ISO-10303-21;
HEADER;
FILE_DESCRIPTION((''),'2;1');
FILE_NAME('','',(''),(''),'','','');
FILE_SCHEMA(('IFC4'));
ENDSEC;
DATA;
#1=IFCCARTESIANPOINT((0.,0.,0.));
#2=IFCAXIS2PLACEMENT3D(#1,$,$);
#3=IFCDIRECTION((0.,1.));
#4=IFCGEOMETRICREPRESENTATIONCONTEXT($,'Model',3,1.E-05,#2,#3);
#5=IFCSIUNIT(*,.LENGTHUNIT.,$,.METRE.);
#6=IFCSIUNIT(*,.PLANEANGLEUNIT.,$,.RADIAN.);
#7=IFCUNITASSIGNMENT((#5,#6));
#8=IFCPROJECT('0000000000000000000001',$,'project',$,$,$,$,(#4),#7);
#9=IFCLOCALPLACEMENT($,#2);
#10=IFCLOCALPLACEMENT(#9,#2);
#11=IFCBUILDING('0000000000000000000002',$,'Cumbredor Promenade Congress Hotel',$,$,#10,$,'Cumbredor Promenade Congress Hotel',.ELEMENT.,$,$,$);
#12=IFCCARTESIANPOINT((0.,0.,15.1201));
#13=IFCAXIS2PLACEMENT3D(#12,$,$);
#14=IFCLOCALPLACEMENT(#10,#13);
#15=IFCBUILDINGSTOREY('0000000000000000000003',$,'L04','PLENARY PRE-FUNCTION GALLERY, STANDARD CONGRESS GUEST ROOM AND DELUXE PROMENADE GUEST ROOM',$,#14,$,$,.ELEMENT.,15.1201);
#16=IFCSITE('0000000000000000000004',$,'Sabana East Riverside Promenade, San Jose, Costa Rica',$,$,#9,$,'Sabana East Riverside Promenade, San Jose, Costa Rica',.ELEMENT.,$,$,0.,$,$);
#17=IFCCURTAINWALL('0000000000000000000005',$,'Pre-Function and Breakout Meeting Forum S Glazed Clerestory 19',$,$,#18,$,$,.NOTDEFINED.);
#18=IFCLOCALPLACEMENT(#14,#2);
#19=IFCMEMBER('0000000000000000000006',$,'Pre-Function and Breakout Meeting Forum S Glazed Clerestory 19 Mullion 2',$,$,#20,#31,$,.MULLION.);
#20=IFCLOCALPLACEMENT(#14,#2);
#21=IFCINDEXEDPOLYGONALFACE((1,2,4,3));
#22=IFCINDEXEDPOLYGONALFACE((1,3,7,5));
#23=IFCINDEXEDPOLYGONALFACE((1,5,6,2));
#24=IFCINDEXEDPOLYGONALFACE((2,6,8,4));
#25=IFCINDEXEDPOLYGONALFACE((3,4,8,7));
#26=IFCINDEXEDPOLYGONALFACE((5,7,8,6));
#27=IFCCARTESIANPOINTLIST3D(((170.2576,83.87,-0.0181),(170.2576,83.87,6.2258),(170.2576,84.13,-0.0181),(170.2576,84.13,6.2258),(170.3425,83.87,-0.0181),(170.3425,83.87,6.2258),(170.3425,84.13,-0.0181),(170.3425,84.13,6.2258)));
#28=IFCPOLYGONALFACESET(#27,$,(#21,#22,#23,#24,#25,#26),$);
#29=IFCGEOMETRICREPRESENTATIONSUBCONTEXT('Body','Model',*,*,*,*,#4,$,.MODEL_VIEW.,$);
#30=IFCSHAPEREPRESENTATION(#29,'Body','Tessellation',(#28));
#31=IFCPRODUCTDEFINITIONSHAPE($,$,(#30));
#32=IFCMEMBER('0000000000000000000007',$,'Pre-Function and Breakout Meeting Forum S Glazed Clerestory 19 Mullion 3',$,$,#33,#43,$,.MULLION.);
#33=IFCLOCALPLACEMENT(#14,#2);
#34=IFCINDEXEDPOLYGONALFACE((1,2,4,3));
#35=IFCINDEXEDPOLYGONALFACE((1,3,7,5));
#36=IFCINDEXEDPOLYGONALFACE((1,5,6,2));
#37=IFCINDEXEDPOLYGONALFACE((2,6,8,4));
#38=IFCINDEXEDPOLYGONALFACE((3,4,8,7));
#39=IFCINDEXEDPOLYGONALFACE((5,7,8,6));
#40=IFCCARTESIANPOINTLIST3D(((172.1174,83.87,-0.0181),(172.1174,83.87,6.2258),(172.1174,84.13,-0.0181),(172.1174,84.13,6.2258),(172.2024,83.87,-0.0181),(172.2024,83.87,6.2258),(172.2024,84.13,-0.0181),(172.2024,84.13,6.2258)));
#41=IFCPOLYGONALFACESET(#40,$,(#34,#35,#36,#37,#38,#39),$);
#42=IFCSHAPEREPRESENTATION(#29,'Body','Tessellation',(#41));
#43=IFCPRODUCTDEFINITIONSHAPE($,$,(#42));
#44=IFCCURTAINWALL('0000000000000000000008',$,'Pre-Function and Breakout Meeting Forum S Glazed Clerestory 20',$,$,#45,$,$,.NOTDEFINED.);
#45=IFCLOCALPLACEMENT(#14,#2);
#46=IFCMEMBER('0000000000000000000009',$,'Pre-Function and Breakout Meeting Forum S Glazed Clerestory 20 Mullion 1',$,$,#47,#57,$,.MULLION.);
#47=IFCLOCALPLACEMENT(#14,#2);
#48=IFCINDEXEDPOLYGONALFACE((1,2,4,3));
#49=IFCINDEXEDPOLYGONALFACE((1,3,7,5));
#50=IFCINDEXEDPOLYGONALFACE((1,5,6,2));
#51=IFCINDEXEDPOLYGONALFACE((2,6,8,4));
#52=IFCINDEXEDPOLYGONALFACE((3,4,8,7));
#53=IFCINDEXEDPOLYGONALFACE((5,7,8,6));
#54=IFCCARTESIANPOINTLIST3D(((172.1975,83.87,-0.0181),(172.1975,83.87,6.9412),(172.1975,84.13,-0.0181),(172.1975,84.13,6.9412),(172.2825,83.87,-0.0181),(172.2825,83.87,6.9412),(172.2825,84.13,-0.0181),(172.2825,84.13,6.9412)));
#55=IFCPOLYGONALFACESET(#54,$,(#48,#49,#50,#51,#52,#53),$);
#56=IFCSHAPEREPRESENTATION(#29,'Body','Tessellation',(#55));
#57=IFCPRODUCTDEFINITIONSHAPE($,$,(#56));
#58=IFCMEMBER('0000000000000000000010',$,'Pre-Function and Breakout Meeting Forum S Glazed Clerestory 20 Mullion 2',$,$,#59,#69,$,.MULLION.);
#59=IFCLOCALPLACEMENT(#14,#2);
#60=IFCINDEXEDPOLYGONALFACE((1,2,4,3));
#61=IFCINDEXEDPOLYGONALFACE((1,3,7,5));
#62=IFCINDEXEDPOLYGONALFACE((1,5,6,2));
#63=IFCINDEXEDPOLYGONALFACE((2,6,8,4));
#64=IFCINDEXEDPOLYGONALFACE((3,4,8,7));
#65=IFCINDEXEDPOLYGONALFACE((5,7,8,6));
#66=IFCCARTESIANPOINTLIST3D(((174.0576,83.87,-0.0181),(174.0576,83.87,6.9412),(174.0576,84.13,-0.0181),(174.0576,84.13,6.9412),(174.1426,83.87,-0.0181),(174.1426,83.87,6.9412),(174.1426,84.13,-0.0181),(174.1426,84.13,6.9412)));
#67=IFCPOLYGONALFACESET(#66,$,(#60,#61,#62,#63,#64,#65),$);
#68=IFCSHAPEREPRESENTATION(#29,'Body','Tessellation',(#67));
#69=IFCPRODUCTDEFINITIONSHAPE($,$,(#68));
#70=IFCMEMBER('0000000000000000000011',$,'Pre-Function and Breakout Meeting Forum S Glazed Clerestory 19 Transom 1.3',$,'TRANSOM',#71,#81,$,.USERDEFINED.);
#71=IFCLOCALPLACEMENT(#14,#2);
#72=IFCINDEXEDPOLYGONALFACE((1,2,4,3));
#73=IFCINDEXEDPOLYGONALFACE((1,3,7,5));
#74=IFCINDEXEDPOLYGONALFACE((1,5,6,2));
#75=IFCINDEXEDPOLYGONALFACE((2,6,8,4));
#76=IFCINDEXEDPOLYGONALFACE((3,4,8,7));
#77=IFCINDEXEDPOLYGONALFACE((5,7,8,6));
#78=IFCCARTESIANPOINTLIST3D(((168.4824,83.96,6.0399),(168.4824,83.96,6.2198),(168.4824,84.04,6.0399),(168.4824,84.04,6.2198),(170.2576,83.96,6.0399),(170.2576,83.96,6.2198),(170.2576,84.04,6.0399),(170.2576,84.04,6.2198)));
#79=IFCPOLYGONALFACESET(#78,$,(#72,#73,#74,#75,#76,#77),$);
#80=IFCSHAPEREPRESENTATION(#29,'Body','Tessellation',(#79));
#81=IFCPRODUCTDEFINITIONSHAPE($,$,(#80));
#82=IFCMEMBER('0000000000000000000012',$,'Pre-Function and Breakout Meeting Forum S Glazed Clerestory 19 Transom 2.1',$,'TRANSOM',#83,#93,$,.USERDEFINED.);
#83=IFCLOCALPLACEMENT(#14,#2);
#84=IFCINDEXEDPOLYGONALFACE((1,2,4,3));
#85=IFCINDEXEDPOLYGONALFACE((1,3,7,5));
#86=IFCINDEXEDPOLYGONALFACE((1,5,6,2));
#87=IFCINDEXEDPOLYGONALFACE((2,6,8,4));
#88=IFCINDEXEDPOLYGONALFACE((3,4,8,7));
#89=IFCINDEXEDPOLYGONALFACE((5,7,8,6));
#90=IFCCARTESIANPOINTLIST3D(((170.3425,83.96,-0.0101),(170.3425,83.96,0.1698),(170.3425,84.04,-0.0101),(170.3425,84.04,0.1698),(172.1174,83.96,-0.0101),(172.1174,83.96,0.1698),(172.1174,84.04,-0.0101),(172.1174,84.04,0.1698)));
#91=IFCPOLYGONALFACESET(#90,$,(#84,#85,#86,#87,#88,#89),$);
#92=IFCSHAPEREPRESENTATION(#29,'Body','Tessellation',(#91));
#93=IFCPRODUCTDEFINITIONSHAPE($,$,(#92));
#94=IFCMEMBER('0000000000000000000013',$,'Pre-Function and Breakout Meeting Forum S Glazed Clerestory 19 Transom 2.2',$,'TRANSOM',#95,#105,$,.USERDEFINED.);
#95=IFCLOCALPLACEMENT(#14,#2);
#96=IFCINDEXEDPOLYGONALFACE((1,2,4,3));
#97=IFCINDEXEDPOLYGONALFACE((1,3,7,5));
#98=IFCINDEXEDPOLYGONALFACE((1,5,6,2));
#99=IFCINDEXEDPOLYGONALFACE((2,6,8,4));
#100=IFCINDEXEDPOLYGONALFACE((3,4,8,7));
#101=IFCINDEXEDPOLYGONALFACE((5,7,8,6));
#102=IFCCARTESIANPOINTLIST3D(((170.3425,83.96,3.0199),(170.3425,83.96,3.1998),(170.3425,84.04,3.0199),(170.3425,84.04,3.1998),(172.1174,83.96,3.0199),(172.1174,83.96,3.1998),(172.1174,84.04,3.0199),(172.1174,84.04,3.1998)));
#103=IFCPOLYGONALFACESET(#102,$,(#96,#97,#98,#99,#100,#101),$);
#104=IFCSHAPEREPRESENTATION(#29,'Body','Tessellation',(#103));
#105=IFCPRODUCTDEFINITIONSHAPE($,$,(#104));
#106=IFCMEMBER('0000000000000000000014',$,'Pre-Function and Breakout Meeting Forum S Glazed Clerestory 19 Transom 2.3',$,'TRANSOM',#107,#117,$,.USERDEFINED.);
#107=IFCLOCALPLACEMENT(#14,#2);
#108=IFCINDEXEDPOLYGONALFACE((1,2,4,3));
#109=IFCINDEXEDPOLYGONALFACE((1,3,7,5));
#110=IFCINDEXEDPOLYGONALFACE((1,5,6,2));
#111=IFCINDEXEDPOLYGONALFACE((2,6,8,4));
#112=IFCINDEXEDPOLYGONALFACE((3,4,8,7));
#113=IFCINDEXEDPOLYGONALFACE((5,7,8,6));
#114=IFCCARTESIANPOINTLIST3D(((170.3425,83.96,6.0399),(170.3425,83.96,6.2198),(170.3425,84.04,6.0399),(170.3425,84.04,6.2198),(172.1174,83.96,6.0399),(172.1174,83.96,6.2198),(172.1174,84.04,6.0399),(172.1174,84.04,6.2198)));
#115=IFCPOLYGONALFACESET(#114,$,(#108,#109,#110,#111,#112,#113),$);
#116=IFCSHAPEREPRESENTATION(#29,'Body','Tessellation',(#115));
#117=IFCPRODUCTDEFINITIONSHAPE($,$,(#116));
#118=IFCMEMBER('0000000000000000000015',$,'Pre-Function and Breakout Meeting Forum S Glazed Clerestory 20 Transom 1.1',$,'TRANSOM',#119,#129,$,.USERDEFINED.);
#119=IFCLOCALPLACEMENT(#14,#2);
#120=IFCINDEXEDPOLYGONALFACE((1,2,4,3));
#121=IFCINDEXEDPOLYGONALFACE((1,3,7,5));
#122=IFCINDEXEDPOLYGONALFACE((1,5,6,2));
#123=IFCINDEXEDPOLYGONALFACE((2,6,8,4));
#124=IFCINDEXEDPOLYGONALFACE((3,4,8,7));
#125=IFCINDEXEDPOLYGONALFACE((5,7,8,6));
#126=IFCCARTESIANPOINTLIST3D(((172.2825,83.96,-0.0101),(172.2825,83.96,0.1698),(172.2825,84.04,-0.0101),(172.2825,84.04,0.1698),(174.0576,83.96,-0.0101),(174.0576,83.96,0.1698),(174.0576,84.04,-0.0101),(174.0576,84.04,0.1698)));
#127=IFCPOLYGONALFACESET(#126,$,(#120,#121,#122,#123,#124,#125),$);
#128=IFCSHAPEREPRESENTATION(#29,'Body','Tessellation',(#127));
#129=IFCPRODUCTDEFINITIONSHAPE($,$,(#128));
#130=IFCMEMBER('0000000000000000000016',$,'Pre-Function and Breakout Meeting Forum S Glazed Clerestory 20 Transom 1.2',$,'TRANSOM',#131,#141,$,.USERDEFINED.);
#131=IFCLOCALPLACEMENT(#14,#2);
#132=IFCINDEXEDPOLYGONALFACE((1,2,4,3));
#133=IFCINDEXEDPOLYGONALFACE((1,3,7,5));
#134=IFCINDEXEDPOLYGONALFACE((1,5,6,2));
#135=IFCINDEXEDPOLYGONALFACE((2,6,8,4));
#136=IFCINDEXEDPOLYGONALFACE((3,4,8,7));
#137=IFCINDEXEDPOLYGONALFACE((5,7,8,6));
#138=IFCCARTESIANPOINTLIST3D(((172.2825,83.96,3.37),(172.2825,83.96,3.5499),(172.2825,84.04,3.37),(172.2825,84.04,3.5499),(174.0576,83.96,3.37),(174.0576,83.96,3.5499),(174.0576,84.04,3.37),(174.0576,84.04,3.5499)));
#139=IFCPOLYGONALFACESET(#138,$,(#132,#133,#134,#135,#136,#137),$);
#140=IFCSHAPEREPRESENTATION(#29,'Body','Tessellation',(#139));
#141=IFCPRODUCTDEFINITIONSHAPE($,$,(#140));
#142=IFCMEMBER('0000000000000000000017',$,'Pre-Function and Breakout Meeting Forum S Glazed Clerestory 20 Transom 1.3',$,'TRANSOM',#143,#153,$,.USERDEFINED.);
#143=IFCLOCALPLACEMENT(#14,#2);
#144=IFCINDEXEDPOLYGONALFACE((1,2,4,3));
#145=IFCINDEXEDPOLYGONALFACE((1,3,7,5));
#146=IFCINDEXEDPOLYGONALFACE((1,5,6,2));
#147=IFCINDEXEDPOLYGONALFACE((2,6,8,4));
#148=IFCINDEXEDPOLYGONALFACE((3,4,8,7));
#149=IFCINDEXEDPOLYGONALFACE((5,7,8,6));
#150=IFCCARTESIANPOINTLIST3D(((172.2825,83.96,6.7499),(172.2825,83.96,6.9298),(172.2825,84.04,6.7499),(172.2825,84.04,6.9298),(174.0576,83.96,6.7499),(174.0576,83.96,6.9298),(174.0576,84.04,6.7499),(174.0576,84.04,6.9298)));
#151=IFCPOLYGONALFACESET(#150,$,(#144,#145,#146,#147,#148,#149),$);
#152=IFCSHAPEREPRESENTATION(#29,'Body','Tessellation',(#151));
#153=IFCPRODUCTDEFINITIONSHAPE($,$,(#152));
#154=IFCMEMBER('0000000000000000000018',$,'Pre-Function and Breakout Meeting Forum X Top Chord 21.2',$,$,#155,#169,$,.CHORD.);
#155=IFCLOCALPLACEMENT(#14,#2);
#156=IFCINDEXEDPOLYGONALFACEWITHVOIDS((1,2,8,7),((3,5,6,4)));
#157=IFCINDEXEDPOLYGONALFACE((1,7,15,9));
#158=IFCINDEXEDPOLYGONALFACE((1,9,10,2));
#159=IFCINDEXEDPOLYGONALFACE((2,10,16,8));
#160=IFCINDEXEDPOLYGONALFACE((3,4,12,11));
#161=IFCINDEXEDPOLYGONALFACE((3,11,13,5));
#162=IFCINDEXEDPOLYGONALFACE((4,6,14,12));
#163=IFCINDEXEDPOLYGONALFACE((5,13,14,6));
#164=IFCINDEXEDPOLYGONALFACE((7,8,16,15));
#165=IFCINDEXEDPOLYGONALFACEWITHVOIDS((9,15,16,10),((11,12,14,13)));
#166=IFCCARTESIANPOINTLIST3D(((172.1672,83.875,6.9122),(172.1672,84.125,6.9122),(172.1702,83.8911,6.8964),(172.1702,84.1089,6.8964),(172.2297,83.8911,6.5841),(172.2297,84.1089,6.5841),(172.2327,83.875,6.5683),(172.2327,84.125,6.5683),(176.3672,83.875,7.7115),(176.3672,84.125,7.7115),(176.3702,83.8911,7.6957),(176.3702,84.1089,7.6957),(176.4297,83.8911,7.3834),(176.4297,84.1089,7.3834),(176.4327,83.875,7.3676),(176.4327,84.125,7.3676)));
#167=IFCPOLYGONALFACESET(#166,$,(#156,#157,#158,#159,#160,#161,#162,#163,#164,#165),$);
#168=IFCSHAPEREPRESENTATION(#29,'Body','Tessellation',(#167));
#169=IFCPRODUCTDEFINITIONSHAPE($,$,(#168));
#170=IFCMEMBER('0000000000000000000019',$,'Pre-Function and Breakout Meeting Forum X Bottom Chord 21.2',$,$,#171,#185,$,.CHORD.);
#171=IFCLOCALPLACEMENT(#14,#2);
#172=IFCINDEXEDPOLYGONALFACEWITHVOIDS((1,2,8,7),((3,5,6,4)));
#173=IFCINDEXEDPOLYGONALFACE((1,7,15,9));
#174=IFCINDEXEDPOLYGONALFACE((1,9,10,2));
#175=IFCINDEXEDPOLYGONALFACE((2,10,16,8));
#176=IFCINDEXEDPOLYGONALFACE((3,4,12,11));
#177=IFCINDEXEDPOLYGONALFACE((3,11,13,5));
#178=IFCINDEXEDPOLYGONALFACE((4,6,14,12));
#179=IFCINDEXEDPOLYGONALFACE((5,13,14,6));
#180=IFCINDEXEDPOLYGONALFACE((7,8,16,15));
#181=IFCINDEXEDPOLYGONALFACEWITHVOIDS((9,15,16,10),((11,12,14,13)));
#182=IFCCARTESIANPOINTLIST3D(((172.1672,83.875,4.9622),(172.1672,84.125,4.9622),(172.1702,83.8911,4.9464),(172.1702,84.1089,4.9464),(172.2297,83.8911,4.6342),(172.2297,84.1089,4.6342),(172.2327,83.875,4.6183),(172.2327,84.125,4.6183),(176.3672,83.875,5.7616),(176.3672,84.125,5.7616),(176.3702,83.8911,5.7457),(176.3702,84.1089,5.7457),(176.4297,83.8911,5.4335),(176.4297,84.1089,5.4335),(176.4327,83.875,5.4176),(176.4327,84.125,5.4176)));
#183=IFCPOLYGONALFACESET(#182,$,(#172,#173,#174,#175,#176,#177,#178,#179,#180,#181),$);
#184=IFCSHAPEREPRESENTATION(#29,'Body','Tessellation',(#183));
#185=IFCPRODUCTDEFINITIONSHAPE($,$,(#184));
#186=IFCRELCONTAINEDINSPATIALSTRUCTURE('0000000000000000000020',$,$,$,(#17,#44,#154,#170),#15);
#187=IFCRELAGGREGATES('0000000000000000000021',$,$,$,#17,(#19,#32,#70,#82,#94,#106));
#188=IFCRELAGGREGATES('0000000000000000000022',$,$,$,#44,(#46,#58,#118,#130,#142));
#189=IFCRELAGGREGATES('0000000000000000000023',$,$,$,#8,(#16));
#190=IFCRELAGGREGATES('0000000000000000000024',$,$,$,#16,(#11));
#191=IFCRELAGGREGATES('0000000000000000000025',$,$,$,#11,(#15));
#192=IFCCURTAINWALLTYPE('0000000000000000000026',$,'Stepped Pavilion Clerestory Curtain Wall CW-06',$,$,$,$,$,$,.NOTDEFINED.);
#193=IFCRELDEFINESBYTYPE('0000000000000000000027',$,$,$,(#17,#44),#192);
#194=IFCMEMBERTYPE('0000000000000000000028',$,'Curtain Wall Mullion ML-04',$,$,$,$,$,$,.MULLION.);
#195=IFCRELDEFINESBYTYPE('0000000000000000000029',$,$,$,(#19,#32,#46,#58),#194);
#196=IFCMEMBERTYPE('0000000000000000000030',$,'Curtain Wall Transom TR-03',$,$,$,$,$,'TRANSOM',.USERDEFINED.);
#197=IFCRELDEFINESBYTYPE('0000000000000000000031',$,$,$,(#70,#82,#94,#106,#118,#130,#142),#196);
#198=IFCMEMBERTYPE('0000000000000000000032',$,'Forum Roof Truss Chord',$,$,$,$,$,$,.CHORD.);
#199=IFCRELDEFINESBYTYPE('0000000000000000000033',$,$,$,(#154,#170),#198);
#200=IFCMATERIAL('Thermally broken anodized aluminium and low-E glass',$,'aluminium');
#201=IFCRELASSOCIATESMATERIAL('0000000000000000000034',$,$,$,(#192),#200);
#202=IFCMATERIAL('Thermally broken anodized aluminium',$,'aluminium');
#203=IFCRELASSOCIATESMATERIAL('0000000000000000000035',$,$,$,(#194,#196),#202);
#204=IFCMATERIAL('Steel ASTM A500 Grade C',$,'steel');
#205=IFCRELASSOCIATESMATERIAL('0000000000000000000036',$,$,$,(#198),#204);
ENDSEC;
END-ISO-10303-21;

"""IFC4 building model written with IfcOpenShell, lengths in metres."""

from ifc_helpers import new_model, si_unit, direction, frame, origin, origin_2d, place, context, subcontext, project, spatial, rectangle, hollow_rectangle, extrude, material, material_profile, profile_set, type_object, element, aggregate, save


model = new_model("IFC4")

# Units and contexts
model_context = context("Model", 3, precision=1e-05, world=origin(), true_north=direction((0.0, 1.0)))
body_context = subcontext(model_context, "Body", "Model", "MODEL_VIEW")
ifc_project = project(units=[si_unit("LENGTHUNIT", "METRE"), si_unit("PLANEANGLEUNIT", "RADIAN")], contexts=[model_context])

# Site, building, storey
site_placement = place(None, origin())
site = spatial("IfcSite", under=ifc_project, at=site_placement, Name="Sabana East Riverside Promenade, San Jose, Costa Rica", LongName="Sabana East Riverside Promenade, San Jose, Costa Rica", CompositionType="ELEMENT", RefElevation=0.0)
building_placement = place(site_placement, origin())
building = spatial("IfcBuilding", under=site, at=building_placement, Name="Cumbredor Promenade Congress Hotel", LongName="Cumbredor Promenade Congress Hotel", CompositionType="ELEMENT")
storey_placement = place(building_placement, frame((0.0, 0.0, 15.1201)))
storey = spatial("IfcBuildingStorey", under=building, at=storey_placement, Name="L04", Description="PLENARY PRE-FUNCTION GALLERY, STANDARD CONGRESS GUEST ROOM AND DELUXE PROMENADE GUEST ROOM", CompositionType="ELEMENT", Elevation=15.1201)

# Curtain walls, members
ifc_material_1 = material(Name="Thermally broken anodized aluminium and low-E glass", Category="aluminium")
curtain_wall_type = type_object("IfcCurtainWallType", Name="Stepped Pavilion Clerestory Curtain Wall CW-06", PredefinedType="NOTDEFINED", material=ifc_material_1)
curtain_wall_1_placement = place(storey_placement, origin())
curtain_wall_1 = element("IfcCurtainWall", 1, at=curtain_wall_1_placement, inside=storey, type_object=curtain_wall_type, Name="Pre-Function and Breakout Meeting Forum S Glazed Clerestory 19", PredefinedType="NOTDEFINED")
ifc_material_2 = material(Name="Thermally broken anodized aluminium", Category="aluminium")
ifc_material_profile_1 = material_profile(ifc_material_2, rectangle(XDim=0.085, YDim=0.26, at=origin_2d()), Name="ALU MULLION CLERESTORY 85x260")
ifc_profile_set_1 = profile_set([ifc_material_profile_1], Name="Thermally broken anodized aluminium")
member_type_1 = type_object("IfcMemberType", Name="Curtain Wall Mullion ML-04", PredefinedType="MULLION", material=ifc_profile_set_1)
member_1_placement = place(storey_placement, frame((170.3, 84.0, -0.0181), z_axis=(0.0, 0.0, 1.0), x_axis=(1.0, 0.0, 0.0)))
member_1 = element("IfcMember", 2, at=member_1_placement, type_object=member_type_1, Name="Pre-Function and Breakout Meeting Forum S Glazed Clerestory 19 Mullion 2", PredefinedType="MULLION", context=body_context, shape_type="SweptSolid", body=[
    extrude(rectangle(XDim=0.085, YDim=0.26, at=origin_2d()), origin(), (0.0, 0.0, 1.0), 6.2439),
])
member_2_placement = place(storey_placement, frame((172.1599, 84.0, -0.0181), z_axis=(0.0, 0.0, 1.0), x_axis=(1.0, 0.0, 0.0)))
member_2 = element("IfcMember", 3, at=member_2_placement, type_object=member_type_1, Name="Pre-Function and Breakout Meeting Forum S Glazed Clerestory 19 Mullion 3", PredefinedType="MULLION", context=body_context, shape_type="SweptSolid", body=[
    extrude(rectangle(XDim=0.085, YDim=0.26, at=origin_2d()), origin(), (0.0, 0.0, 1.0), 6.2439),
])
curtain_wall_2_placement = place(storey_placement, origin())
curtain_wall_2 = element("IfcCurtainWall", 4, at=curtain_wall_2_placement, inside=storey, type_object=curtain_wall_type, Name="Pre-Function and Breakout Meeting Forum S Glazed Clerestory 20", PredefinedType="NOTDEFINED")
member_3_placement = place(storey_placement, frame((172.24, 84.0, -0.0181), z_axis=(0.0, 0.0, 1.0), x_axis=(1.0, 0.0, 0.0)))
member_3 = element("IfcMember", 5, at=member_3_placement, type_object=member_type_1, Name="Pre-Function and Breakout Meeting Forum S Glazed Clerestory 20 Mullion 1", PredefinedType="MULLION", context=body_context, shape_type="SweptSolid", body=[
    extrude(rectangle(XDim=0.085, YDim=0.26, at=origin_2d()), origin(), (0.0, 0.0, 1.0), 6.9592),
])
member_4_placement = place(storey_placement, frame((174.1001, 84.0, -0.0181), z_axis=(0.0, 0.0, 1.0), x_axis=(1.0, 0.0, 0.0)))
member_4 = element("IfcMember", 6, at=member_4_placement, type_object=member_type_1, Name="Pre-Function and Breakout Meeting Forum S Glazed Clerestory 20 Mullion 2", PredefinedType="MULLION", context=body_context, shape_type="SweptSolid", body=[
    extrude(rectangle(XDim=0.085, YDim=0.26, at=origin_2d()), origin(), (0.0, 0.0, 1.0), 6.9592),
])

# Members
ifc_material_profile_2 = material_profile(ifc_material_2, rectangle(XDim=0.0801, YDim=0.1799, at=origin_2d()), Name="ALU TRANSOM 80x180")
ifc_profile_set_2 = profile_set([ifc_material_profile_2], Name="Thermally broken anodized aluminium")
member_type_2 = type_object("IfcMemberType", Name="Curtain Wall Transom TR-03", ElementType="TRANSOM", PredefinedType="USERDEFINED", material=ifc_profile_set_2)
member_5_placement = place(storey_placement, frame((168.4824, 84.0, 6.1299), z_axis=(1.0, 0.0, 0.0), x_axis=(0.0, 1.0, 0.0)))
member_5 = element("IfcMember", 7, at=member_5_placement, type_object=member_type_2, Name="Pre-Function and Breakout Meeting Forum S Glazed Clerestory 19 Transom 1.3", ObjectType="TRANSOM", PredefinedType="USERDEFINED", context=body_context, shape_type="SweptSolid", body=[
    extrude(rectangle(XDim=0.0801, YDim=0.1799, at=origin_2d()), origin(), (0.0, 0.0, 1.0), 1.7751),
])
member_6_placement = place(storey_placement, frame((170.3425, 84.0, 0.0798), z_axis=(1.0, 0.0, 0.0), x_axis=(0.0, 1.0, 0.0)))
member_6 = element("IfcMember", 8, at=member_6_placement, type_object=member_type_2, Name="Pre-Function and Breakout Meeting Forum S Glazed Clerestory 19 Transom 2.1", ObjectType="TRANSOM", PredefinedType="USERDEFINED", context=body_context, shape_type="SweptSolid", body=[
    extrude(rectangle(XDim=0.0801, YDim=0.1799, at=origin_2d()), origin(), (0.0, 0.0, 1.0), 1.7749),
])
member_7_placement = place(storey_placement, frame((170.3425, 84.0, 3.1099), z_axis=(1.0, 0.0, 0.0), x_axis=(0.0, 1.0, 0.0)))
member_7 = element("IfcMember", 9, at=member_7_placement, type_object=member_type_2, Name="Pre-Function and Breakout Meeting Forum S Glazed Clerestory 19 Transom 2.2", ObjectType="TRANSOM", PredefinedType="USERDEFINED", context=body_context, shape_type="SweptSolid", body=[
    extrude(rectangle(XDim=0.0801, YDim=0.1799, at=origin_2d()), origin(), (0.0, 0.0, 1.0), 1.7749),
])
member_8_placement = place(storey_placement, frame((170.3425, 84.0, 6.1299), z_axis=(1.0, 0.0, 0.0), x_axis=(0.0, 1.0, 0.0)))
member_8 = element("IfcMember", 10, at=member_8_placement, type_object=member_type_2, Name="Pre-Function and Breakout Meeting Forum S Glazed Clerestory 19 Transom 2.3", ObjectType="TRANSOM", PredefinedType="USERDEFINED", context=body_context, shape_type="SweptSolid", body=[
    extrude(rectangle(XDim=0.0801, YDim=0.1799, at=origin_2d()), origin(), (0.0, 0.0, 1.0), 1.7749),
])
member_9_placement = place(storey_placement, frame((172.2825, 84.0, 0.0798), z_axis=(1.0, 0.0, 0.0), x_axis=(0.0, 1.0, 0.0)))
member_9 = element("IfcMember", 11, at=member_9_placement, type_object=member_type_2, Name="Pre-Function and Breakout Meeting Forum S Glazed Clerestory 20 Transom 1.1", ObjectType="TRANSOM", PredefinedType="USERDEFINED", context=body_context, shape_type="SweptSolid", body=[
    extrude(rectangle(XDim=0.0801, YDim=0.1799, at=origin_2d()), origin(), (0.0, 0.0, 1.0), 1.7751),
])
member_10_placement = place(storey_placement, frame((172.2825, 84.0, 3.46), z_axis=(1.0, 0.0, 0.0), x_axis=(0.0, 1.0, 0.0)))
member_10 = element("IfcMember", 12, at=member_10_placement, type_object=member_type_2, Name="Pre-Function and Breakout Meeting Forum S Glazed Clerestory 20 Transom 1.2", ObjectType="TRANSOM", PredefinedType="USERDEFINED", context=body_context, shape_type="SweptSolid", body=[
    extrude(rectangle(XDim=0.0801, YDim=0.1799, at=origin_2d()), origin(), (0.0, 0.0, 1.0), 1.7751),
])
member_11_placement = place(storey_placement, frame((172.2825, 84.0, 6.8398), z_axis=(1.0, 0.0, 0.0), x_axis=(0.0, 1.0, 0.0)))
member_11 = element("IfcMember", 13, at=member_11_placement, type_object=member_type_2, Name="Pre-Function and Breakout Meeting Forum S Glazed Clerestory 20 Transom 1.3", ObjectType="TRANSOM", PredefinedType="USERDEFINED", context=body_context, shape_type="SweptSolid", body=[
    extrude(rectangle(XDim=0.0801, YDim=0.1799, at=origin_2d()), origin(), (0.0, 0.0, 1.0), 1.7751),
])

# Members
ifc_material_3 = material(Name="Steel ASTM A500 Grade C", Category="steel")
ifc_material_profile_3 = material_profile(ifc_material_3, hollow_rectangle(XDim=0.25, YDim=0.3501, WallThickness=0.0161, at=origin_2d()), Name="HSS 350x250x16")
ifc_profile_set_3 = profile_set([ifc_material_profile_3], Name="Steel ASTM A500 Grade C")
member_type_3 = type_object("IfcMemberType", Name="Forum Roof Truss Chord", PredefinedType="CHORD", material=ifc_profile_set_3)
for number, where, z_axis, x_axis, name in (
    (14, (172.2, 84.0, 6.7402), (0.982368, 0.0, 0.18696), (0.0, 1.0, 0.0), "Pre-Function and Breakout Meeting Forum X Top Chord 21.2"),
    (15, (172.2, 84.0, 4.7903), (0.982368, 0.0, 0.18696), (0.0, 1.0, 0.0), "Pre-Function and Breakout Meeting Forum X Bottom Chord 21.2"),
):
    element("IfcMember", number, at=place(storey_placement, frame(where, z_axis=z_axis, x_axis=x_axis)), inside=storey, type_object=member_type_3, Name=name, PredefinedType="CHORD", context=body_context, shape_type="SweptSolid", body=[
        extrude(hollow_rectangle(XDim=0.25, YDim=0.3501, WallThickness=0.0161, at=origin_2d()), origin(), (0.0, 0.0, 1.0), 4.2754),
    ])

aggregate(curtain_wall_1, [member_1, member_2, member_5, member_6, member_7, member_8])
aggregate(curtain_wall_2, [member_3, member_4, member_9, member_10, member_11])

save(model, "model.ifc")
